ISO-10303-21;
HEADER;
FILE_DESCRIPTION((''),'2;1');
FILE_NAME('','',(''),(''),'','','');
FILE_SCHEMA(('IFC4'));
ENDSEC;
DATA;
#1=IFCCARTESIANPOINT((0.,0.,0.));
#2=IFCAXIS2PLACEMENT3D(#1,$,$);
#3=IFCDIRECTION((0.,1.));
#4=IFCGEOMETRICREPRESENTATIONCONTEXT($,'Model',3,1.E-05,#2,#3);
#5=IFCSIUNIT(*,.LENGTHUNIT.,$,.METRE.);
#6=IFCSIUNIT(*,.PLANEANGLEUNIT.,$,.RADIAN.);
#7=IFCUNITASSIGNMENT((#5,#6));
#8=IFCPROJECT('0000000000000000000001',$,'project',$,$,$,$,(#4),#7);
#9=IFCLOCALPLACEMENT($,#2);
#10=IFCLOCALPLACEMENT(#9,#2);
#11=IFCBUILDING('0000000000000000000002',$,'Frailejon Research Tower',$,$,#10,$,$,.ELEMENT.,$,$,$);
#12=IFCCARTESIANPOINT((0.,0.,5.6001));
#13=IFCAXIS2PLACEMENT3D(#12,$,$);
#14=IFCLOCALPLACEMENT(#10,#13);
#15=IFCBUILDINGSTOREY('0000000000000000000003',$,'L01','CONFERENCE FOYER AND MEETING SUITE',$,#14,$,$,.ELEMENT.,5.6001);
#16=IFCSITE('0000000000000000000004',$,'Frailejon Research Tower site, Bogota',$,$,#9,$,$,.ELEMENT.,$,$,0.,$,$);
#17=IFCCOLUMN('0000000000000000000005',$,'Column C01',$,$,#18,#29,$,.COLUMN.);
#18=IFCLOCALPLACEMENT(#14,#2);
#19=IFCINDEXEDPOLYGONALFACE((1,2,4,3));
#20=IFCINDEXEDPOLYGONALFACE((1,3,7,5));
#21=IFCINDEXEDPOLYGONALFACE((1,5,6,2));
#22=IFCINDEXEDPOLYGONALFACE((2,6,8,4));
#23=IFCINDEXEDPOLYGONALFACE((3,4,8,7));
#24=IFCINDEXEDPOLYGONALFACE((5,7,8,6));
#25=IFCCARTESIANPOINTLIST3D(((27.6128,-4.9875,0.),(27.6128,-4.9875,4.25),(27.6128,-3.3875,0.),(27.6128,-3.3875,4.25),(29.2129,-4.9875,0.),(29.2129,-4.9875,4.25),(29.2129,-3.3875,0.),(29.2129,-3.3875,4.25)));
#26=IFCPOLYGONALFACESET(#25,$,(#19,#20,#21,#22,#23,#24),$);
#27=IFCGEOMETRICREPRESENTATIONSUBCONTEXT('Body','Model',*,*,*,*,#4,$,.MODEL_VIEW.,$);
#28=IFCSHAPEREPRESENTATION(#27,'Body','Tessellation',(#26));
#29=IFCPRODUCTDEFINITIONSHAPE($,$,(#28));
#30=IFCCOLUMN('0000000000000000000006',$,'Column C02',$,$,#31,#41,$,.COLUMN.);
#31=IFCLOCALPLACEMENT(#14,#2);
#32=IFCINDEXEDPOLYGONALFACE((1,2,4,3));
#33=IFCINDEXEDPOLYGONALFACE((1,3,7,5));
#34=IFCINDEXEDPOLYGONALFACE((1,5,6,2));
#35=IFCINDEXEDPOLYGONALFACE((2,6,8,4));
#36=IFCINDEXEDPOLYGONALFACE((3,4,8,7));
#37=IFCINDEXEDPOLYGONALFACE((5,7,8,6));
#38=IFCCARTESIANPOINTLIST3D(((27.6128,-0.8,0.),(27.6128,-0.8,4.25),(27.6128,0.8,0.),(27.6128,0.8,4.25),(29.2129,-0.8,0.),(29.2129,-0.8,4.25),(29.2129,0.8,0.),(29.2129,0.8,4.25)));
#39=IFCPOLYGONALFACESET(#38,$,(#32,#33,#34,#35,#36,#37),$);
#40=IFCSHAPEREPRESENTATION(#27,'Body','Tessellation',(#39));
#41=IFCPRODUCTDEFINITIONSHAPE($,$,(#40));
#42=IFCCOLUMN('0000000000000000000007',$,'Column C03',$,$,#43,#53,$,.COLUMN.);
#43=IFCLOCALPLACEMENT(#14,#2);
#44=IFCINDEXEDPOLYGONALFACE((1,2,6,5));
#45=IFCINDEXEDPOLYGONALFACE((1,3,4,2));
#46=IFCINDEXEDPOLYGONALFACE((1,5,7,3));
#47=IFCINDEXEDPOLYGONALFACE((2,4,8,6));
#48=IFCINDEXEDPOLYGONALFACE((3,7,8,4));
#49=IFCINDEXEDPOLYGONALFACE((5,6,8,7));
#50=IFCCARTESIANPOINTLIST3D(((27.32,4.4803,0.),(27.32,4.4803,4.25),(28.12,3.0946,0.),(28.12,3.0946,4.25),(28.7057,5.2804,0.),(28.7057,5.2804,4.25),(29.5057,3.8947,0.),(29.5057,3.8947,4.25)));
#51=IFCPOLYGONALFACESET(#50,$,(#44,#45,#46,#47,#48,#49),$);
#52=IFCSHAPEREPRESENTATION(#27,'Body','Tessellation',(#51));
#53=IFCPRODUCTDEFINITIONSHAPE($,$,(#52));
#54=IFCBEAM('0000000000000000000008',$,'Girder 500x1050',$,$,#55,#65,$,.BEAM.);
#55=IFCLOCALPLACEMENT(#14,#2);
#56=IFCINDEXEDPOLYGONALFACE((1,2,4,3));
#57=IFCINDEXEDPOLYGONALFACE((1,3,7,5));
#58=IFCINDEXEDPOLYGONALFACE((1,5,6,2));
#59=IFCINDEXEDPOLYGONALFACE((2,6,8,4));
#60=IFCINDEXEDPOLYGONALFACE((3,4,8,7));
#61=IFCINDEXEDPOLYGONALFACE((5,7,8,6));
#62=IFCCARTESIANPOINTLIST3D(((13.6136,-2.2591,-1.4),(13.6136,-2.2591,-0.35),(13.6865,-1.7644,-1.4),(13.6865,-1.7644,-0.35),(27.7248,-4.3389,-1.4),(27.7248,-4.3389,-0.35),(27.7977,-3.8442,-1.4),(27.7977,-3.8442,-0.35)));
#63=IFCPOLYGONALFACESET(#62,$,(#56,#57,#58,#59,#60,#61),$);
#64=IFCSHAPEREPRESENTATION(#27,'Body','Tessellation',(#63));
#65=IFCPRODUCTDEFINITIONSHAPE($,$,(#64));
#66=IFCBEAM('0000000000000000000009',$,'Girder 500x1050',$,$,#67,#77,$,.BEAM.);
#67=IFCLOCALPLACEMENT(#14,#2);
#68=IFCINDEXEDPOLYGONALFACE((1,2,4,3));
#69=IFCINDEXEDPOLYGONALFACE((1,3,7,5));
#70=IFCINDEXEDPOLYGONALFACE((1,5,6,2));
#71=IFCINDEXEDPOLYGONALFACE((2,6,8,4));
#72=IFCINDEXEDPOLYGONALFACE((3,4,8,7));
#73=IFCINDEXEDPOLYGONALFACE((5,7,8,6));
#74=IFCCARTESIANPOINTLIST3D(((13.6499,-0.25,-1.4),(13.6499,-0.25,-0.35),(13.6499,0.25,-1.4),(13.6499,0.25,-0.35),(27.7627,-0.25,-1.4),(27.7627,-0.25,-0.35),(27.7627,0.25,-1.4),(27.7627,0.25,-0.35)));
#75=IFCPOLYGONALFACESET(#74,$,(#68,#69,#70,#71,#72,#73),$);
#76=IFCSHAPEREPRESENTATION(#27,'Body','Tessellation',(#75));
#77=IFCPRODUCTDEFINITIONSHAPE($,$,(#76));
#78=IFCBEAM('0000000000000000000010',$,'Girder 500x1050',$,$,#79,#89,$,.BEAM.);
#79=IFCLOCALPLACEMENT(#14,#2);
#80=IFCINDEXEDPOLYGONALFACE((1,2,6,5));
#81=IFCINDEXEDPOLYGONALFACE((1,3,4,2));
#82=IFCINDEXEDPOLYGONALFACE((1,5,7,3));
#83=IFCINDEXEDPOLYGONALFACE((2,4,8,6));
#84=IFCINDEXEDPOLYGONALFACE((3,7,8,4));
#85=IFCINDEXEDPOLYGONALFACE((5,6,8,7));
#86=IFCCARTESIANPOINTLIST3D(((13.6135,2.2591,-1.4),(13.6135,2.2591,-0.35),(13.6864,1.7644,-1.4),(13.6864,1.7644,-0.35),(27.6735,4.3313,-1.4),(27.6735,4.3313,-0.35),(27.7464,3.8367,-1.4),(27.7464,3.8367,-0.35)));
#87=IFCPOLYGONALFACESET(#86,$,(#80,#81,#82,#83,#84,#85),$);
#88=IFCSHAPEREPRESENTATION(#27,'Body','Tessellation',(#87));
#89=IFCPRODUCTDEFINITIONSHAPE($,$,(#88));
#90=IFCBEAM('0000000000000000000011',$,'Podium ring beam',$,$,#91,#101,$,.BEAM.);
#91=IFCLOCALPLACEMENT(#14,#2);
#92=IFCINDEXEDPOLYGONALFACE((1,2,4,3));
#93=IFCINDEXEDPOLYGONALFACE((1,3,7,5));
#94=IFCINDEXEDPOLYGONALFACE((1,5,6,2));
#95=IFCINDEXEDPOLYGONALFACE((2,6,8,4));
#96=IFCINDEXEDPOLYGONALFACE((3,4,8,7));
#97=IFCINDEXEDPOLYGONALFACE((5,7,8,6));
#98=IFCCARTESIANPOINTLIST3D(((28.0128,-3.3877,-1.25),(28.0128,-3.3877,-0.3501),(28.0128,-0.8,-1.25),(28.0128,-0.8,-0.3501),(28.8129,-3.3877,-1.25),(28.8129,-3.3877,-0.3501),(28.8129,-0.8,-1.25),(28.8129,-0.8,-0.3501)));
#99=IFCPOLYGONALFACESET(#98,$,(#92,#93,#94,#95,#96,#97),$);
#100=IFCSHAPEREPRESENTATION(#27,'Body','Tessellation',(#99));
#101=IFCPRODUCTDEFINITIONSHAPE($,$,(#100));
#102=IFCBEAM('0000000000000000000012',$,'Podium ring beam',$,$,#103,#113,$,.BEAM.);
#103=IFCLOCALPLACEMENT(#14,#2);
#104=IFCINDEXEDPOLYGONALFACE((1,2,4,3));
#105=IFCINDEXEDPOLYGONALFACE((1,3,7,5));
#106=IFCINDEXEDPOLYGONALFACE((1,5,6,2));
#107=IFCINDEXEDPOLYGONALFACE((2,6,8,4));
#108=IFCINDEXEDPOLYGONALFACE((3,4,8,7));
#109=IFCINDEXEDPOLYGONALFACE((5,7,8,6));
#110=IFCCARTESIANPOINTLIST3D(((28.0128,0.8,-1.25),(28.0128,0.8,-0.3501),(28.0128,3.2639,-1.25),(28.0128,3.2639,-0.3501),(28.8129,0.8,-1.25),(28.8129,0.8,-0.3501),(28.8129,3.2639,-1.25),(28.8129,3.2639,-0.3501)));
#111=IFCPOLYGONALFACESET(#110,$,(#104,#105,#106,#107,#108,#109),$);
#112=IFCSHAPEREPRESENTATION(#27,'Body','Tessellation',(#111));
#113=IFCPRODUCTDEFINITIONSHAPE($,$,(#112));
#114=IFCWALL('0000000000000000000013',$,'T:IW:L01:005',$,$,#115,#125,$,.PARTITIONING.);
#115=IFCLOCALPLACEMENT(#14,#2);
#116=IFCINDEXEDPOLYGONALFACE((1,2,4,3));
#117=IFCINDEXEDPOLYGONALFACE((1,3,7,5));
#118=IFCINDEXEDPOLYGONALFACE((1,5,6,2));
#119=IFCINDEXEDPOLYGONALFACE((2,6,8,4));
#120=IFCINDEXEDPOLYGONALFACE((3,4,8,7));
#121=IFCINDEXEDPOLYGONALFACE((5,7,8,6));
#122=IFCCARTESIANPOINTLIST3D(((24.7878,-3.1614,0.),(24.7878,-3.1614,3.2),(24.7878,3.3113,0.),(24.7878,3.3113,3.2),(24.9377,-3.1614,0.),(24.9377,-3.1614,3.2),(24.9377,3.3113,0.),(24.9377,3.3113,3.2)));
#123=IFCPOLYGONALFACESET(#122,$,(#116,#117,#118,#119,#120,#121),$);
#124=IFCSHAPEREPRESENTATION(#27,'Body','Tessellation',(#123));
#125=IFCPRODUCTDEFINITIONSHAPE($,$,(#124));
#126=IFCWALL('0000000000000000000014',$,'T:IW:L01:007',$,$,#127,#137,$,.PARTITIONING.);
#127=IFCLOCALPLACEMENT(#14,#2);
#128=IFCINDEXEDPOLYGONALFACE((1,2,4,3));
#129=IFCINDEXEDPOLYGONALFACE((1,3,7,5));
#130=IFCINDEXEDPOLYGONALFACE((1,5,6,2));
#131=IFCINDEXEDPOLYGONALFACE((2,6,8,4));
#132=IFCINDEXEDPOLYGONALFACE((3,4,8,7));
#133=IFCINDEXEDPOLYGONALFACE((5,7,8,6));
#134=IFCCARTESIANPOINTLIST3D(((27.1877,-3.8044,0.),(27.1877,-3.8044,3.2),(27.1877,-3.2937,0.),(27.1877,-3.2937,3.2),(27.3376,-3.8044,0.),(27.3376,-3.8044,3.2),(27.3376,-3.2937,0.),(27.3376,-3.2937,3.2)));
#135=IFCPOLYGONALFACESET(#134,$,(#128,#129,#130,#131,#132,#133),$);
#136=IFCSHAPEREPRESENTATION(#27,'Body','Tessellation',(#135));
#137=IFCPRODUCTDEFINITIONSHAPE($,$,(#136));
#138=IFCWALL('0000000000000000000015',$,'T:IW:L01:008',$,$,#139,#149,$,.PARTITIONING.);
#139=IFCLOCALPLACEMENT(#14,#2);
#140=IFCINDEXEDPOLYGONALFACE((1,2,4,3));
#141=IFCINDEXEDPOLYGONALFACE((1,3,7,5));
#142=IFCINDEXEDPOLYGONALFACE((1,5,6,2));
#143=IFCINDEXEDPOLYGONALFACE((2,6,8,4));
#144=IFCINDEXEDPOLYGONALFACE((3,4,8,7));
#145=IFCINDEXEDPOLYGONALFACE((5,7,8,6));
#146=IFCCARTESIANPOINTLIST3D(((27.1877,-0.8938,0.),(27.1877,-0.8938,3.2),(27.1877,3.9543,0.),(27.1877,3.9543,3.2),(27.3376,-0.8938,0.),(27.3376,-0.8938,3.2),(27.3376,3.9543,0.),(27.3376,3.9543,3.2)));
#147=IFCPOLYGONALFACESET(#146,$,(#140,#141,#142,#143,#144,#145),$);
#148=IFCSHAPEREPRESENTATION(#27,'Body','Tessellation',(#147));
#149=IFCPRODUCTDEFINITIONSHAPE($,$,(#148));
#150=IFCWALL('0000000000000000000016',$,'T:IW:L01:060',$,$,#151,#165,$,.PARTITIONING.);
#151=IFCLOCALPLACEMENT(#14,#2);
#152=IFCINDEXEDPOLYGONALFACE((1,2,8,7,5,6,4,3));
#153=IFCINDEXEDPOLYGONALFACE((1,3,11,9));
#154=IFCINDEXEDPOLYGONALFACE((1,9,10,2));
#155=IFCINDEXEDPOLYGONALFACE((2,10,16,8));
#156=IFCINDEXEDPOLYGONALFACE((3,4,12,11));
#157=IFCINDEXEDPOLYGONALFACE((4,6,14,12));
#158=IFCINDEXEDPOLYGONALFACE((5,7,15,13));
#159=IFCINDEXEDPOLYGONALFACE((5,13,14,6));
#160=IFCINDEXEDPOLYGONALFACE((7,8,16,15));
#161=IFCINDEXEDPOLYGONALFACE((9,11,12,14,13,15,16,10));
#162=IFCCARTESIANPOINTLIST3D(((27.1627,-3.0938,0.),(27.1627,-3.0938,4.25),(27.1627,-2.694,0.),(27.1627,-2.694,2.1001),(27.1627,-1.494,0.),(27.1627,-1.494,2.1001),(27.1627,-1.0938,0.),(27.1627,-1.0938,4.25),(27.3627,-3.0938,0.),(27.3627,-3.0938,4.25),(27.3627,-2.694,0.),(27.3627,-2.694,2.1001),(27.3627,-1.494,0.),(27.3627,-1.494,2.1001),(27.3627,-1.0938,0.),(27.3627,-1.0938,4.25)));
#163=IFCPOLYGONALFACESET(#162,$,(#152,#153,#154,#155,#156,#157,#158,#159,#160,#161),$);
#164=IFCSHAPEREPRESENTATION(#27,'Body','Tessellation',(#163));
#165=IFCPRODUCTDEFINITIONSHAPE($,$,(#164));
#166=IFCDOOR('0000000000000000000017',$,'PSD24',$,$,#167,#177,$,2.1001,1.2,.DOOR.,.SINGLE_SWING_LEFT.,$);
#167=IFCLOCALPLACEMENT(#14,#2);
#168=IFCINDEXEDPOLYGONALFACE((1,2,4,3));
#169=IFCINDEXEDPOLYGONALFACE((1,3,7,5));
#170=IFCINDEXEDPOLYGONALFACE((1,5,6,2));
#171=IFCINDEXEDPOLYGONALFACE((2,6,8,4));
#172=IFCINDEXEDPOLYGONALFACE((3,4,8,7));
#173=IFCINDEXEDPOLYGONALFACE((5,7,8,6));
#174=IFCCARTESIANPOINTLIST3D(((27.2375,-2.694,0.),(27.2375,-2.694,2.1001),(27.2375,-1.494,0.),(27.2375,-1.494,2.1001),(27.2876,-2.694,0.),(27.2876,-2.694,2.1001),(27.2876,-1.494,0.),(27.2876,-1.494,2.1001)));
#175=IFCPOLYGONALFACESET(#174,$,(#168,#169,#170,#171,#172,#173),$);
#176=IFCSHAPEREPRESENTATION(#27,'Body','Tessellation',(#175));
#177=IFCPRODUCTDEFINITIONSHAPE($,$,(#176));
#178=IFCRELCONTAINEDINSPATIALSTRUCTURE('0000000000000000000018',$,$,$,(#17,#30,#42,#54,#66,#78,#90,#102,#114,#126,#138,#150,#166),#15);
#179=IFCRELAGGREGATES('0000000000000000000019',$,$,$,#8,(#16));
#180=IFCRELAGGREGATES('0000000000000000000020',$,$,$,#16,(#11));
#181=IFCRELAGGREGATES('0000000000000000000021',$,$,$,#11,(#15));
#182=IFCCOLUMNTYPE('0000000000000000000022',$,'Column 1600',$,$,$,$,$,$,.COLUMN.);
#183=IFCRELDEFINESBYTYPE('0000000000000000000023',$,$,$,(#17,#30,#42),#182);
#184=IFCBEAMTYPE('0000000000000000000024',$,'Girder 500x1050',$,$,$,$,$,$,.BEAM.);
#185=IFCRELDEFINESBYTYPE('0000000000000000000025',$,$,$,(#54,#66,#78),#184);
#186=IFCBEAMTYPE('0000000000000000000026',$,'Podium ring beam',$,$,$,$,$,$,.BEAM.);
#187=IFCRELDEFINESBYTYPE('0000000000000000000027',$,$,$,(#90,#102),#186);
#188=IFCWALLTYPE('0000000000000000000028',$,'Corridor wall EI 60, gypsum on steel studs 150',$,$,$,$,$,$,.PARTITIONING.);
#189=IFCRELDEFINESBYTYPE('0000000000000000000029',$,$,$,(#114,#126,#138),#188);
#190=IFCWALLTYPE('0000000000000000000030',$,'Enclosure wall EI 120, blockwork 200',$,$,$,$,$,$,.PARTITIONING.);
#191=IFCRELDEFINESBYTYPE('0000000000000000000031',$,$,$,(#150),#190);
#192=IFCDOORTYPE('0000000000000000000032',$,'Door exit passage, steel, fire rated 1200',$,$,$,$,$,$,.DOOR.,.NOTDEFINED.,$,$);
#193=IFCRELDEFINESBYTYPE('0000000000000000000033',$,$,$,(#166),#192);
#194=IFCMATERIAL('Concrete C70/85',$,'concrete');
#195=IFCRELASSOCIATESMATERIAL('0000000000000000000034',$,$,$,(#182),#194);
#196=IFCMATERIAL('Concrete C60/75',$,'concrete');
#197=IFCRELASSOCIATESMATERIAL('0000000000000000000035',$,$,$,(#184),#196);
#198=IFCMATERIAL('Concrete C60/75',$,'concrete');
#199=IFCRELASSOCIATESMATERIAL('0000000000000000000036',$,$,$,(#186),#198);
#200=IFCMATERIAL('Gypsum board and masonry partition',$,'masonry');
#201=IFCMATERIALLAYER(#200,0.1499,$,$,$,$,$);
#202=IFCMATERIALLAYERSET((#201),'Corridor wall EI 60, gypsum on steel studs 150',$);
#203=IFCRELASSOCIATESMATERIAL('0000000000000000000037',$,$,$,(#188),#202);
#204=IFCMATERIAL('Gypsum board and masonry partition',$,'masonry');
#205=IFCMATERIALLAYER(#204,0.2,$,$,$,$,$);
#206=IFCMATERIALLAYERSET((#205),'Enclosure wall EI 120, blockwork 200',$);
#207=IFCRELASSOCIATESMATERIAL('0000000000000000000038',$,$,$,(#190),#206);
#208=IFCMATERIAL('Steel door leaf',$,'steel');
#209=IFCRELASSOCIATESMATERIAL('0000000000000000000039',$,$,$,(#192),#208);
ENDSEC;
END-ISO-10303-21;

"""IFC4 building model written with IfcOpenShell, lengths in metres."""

from ifc_helpers import new_model, si_unit, direction, frame, frame_2d, origin, origin_2d, place, context, subcontext, project, spatial, rectangle, extrude, material, layer, layer_set, material_profile, profile_set, type_object, element, fill, save


model = new_model("IFC4")

# Units and contexts
model_context = context("Model", 3, precision=1e-05, world=origin(), true_north=direction((0.0, 1.0)))
body_context = subcontext(model_context, "Body", "Model", "MODEL_VIEW")
ifc_project = project(units=[si_unit("LENGTHUNIT", "METRE"), si_unit("PLANEANGLEUNIT", "RADIAN")], contexts=[model_context])

# Site, building, storey
site_placement = place(None, origin())
site = spatial("IfcSite", under=ifc_project, at=site_placement, Name="Frailejon Research Tower site, Bogota", CompositionType="ELEMENT", RefElevation=0.0)
building_placement = place(site_placement, origin())
building = spatial("IfcBuilding", under=site, at=building_placement, Name="Frailejon Research Tower", CompositionType="ELEMENT")
storey_placement = place(building_placement, frame((0.0, 0.0, 5.6001)))
storey = spatial("IfcBuildingStorey", under=building, at=storey_placement, Name="L01", Description="CONFERENCE FOYER AND MEETING SUITE", CompositionType="ELEMENT", Elevation=5.6001)

# Columns
ifc_material_1 = material(Name="Concrete C70/85", Category="concrete")
ifc_material_profile_1 = material_profile(ifc_material_1, rectangle(XDim=1.6001, YDim=1.6001, at=origin_2d()), Name="Column 1600")
ifc_profile_set_1 = profile_set([ifc_material_profile_1], Name="Concrete C70/85")
column_type = type_object("IfcColumnType", Name="Column 1600", PredefinedType="COLUMN", material=ifc_profile_set_1)
for number, where, z_axis, x_axis, name in (
    (1, (28.4128, -4.1875, 0.0), (0.0, 0.0, 1.0), (0.0, 1.0, 0.0), "Column C01"),
    (2, (28.4128, 0.0, 0.0), (0.0, 0.0, 1.0), (0.0, 1.0, 0.0), "Column C02"),
    (3, (28.4128, 4.1875, 0.0), (0.0, 0.0, 1.0), (-0.5, 0.866025, 0.0), "Column C03"),
):
    element("IfcColumn", number, at=place(storey_placement, frame(where, z_axis=z_axis, x_axis=x_axis)), inside=storey, type_object=column_type, Name=name, PredefinedType="COLUMN", context=body_context, shape_type="SweptSolid", body=[
        extrude(rectangle(XDim=1.6001, YDim=1.6001, at=origin_2d()), origin(), (0.0, 0.0, 1.0), 4.25),
    ])

# Beams
ifc_material_2 = material(Name="Concrete C60/75", Category="concrete")
ifc_material_profile_2 = material_profile(ifc_material_2, rectangle(XDim=0.5, YDim=1.05, at=origin_2d()), Name="Girder 500x1050")
ifc_profile_set_2 = profile_set([ifc_material_profile_2], Name="Concrete C60/75")
beam_type_1 = type_object("IfcBeamType", Name="Girder 500x1050", PredefinedType="BEAM", material=ifc_profile_set_2)
beam_1_placement = place(storey_placement, frame((27.7612, -4.0916, -0.875), z_axis=(-0.989312, 0.145812, 0.0), x_axis=(-0.145812, -0.989312, 0.0)))
element("IfcBeam", 4, at=beam_1_placement, inside=storey, type_object=beam_type_1, Name="Girder 500x1050", PredefinedType="BEAM", context=body_context, shape_type="SweptSolid", body=[
    extrude(rectangle(XDim=0.5, YDim=1.05, at=origin_2d()), origin(), (0.0, 0.0, 1.0), 14.2637),
])
beam_2_placement = place(storey_placement, frame((27.7627, 0.0, -0.875), z_axis=(-1.0, 0.0, 0.0), x_axis=(0.0, -1.0, 0.0)))
element("IfcBeam", 5, at=beam_2_placement, inside=storey, type_object=beam_type_1, Name="Girder 500x1050", PredefinedType="BEAM", context=body_context, shape_type="SweptSolid", body=[
    extrude(rectangle(XDim=0.5, YDim=1.05, at=origin_2d()), origin(), (0.0, 0.0, 1.0), 14.1128),
])
beam_3_placement = place(storey_placement, frame((27.71, 4.084, -0.875), z_axis=(-0.989312, -0.145811, 0.0), x_axis=(0.145811, -0.989312, 0.0)))
element("IfcBeam", 6, at=beam_3_placement, inside=storey, type_object=beam_type_1, Name="Girder 500x1050", PredefinedType="BEAM", context=body_context, shape_type="SweptSolid", body=[
    extrude(rectangle(XDim=0.5, YDim=1.05, at=origin_2d()), origin(), (0.0, 0.0, 1.0), 14.2119),
])
ifc_material_3 = material(Name="Concrete C60/75", Category="concrete")
ifc_material_profile_3 = material_profile(ifc_material_3, rectangle(XDim=0.8, YDim=0.8999, at=origin_2d()), Name="Podium ring beam")
ifc_profile_set_3 = profile_set([ifc_material_profile_3], Name="Concrete C60/75")
beam_type_2 = type_object("IfcBeamType", Name="Podium ring beam", PredefinedType="BEAM", material=ifc_profile_set_3)
beam_4_placement = place(storey_placement, frame((28.4128, -3.3877, -0.8), z_axis=(0.0, 1.0, 0.0), x_axis=(-1.0, 0.0, 0.0)))
element("IfcBeam", 7, at=beam_4_placement, inside=storey, type_object=beam_type_2, Name="Podium ring beam", PredefinedType="BEAM", context=body_context, shape_type="SweptSolid", body=[
    extrude(rectangle(XDim=0.8, YDim=0.8999, at=origin_2d()), origin(), (0.0, 0.0, 1.0), 2.5876),
])
beam_5_placement = place(storey_placement, frame((28.4128, 0.8, -0.8), z_axis=(0.0, 1.0, 0.0), x_axis=(-1.0, 0.0, 0.0)))
element("IfcBeam", 8, at=beam_5_placement, inside=storey, type_object=beam_type_2, Name="Podium ring beam", PredefinedType="BEAM", context=body_context, shape_type="SweptSolid", body=[
    extrude(rectangle(XDim=0.8, YDim=0.8999, at=origin_2d()), origin(), (0.0, 0.0, 1.0), 2.4639),
])

# Walls
ifc_material_4 = material(Name="Gypsum board and masonry partition", Category="masonry")
ifc_layer_1 = layer(ifc_material_4, 0.1499)
ifc_layer_set_1 = layer_set([ifc_layer_1], Name="Corridor wall EI 60, gypsum on steel studs 150")
wall_type_1 = type_object("IfcWallType", Name="Corridor wall EI 60, gypsum on steel studs 150", PredefinedType="PARTITIONING", material=ifc_layer_set_1)
wall_1_placement = place(storey_placement, frame((24.8628, -3.1614, 0.0), z_axis=(0.0, 0.0, 1.0), x_axis=(0.0, 1.0, 0.0)))
element("IfcWall", 9, at=wall_1_placement, inside=storey, type_object=wall_type_1, Name="T:IW:L01:005", PredefinedType="PARTITIONING", context=body_context, shape_type="SweptSolid", body=[
    extrude(rectangle(XDim=6.4727, YDim=0.1499, at=frame_2d((3.2363, 0.0))), origin(), (0.0, 0.0, 1.0), 3.2),
])
wall_2_placement = place(storey_placement, frame((27.2627, -3.8044, 0.0), z_axis=(0.0, 0.0, 1.0), x_axis=(0.0, 1.0, 0.0)))
element("IfcWall", 10, at=wall_2_placement, inside=storey, type_object=wall_type_1, Name="T:IW:L01:007", PredefinedType="PARTITIONING", context=body_context, shape_type="SweptSolid", body=[
    extrude(rectangle(XDim=0.5107, YDim=0.1499, at=frame_2d((0.2554, 0.0))), origin(), (0.0, 0.0, 1.0), 3.2),
])
wall_3_placement = place(storey_placement, frame((27.2627, -0.8938, 0.0), z_axis=(0.0, 0.0, 1.0), x_axis=(0.0, 1.0, 0.0)))
element("IfcWall", 11, at=wall_3_placement, inside=storey, type_object=wall_type_1, Name="T:IW:L01:008", PredefinedType="PARTITIONING", context=body_context, shape_type="SweptSolid", body=[
    extrude(rectangle(XDim=4.8481, YDim=0.1499, at=frame_2d((2.4241, 0.0))), origin(), (0.0, 0.0, 1.0), 3.2),
])

# Wall, opening, door
ifc_material_5 = material(Name="Gypsum board and masonry partition", Category="masonry")
ifc_layer_2 = layer(ifc_material_5, 0.2)
ifc_layer_set_2 = layer_set([ifc_layer_2], Name="Enclosure wall EI 120, blockwork 200")
wall_type_2 = type_object("IfcWallType", Name="Enclosure wall EI 120, blockwork 200", PredefinedType="PARTITIONING", material=ifc_layer_set_2)
wall_4_placement = place(storey_placement, frame((27.2627, -3.0938, 0.0), z_axis=(0.0, 0.0, 1.0), x_axis=(0.0, 1.0, 0.0)))
wall_4 = element("IfcWall", 12, at=wall_4_placement, inside=storey, type_object=wall_type_2, Name="T:IW:L01:060", PredefinedType="PARTITIONING", context=body_context, shape_type="SweptSolid", body=[
    extrude(rectangle(XDim=2.0, YDim=0.2, at=frame_2d((1.0, 0.0))), origin(), (0.0, 0.0, 1.0), 4.25),
])
opening_placement = place(wall_4_placement, frame((1.5999, 0.0, 0.0), z_axis=(0.0, 0.0, 1.0), x_axis=(-1.0, 0.0, 0.0)))
opening = element("IfcOpeningElement", 13, at=opening_placement, cuts=wall_4, PredefinedType="OPENING", context=body_context, shape_type="SweptSolid", body=[
    extrude(rectangle(XDim=1.2, YDim=2.1001, at=frame_2d((0.6001, 1.05))), frame((0.0, 0.1099, 0.0), z_axis=(0.0, -1.0, 0.0), x_axis=(1.0, 0.0, 0.0)), (0.0, 0.0, 1.0), 0.22),
])
ifc_material_6 = material(Name="Steel door leaf", Category="steel")
door_type = type_object("IfcDoorType", Name="Door exit passage, steel, fire rated 1200", OperationType="NOTDEFINED", PredefinedType="DOOR", material=ifc_material_6)
door_placement = place(opening_placement, origin())
door = element("IfcDoor", 14, at=door_placement, inside=storey, type_object=door_type, Name="PSD24", OperationType="SINGLE_SWING_LEFT", OverallHeight=2.1001, OverallWidth=1.2, PredefinedType="DOOR", context=body_context, shape_type="SweptSolid", body=[
    extrude(rectangle(XDim=1.2, YDim=2.1001, at=frame_2d((0.6001, 1.05))), frame((0.0, 0.0249, 0.0), z_axis=(0.0, -1.0, 0.0), x_axis=(1.0, 0.0, 0.0)), (0.0, 0.0, 1.0), 0.05),
])
fill(opening, door)

save(model, "model.ifc")
